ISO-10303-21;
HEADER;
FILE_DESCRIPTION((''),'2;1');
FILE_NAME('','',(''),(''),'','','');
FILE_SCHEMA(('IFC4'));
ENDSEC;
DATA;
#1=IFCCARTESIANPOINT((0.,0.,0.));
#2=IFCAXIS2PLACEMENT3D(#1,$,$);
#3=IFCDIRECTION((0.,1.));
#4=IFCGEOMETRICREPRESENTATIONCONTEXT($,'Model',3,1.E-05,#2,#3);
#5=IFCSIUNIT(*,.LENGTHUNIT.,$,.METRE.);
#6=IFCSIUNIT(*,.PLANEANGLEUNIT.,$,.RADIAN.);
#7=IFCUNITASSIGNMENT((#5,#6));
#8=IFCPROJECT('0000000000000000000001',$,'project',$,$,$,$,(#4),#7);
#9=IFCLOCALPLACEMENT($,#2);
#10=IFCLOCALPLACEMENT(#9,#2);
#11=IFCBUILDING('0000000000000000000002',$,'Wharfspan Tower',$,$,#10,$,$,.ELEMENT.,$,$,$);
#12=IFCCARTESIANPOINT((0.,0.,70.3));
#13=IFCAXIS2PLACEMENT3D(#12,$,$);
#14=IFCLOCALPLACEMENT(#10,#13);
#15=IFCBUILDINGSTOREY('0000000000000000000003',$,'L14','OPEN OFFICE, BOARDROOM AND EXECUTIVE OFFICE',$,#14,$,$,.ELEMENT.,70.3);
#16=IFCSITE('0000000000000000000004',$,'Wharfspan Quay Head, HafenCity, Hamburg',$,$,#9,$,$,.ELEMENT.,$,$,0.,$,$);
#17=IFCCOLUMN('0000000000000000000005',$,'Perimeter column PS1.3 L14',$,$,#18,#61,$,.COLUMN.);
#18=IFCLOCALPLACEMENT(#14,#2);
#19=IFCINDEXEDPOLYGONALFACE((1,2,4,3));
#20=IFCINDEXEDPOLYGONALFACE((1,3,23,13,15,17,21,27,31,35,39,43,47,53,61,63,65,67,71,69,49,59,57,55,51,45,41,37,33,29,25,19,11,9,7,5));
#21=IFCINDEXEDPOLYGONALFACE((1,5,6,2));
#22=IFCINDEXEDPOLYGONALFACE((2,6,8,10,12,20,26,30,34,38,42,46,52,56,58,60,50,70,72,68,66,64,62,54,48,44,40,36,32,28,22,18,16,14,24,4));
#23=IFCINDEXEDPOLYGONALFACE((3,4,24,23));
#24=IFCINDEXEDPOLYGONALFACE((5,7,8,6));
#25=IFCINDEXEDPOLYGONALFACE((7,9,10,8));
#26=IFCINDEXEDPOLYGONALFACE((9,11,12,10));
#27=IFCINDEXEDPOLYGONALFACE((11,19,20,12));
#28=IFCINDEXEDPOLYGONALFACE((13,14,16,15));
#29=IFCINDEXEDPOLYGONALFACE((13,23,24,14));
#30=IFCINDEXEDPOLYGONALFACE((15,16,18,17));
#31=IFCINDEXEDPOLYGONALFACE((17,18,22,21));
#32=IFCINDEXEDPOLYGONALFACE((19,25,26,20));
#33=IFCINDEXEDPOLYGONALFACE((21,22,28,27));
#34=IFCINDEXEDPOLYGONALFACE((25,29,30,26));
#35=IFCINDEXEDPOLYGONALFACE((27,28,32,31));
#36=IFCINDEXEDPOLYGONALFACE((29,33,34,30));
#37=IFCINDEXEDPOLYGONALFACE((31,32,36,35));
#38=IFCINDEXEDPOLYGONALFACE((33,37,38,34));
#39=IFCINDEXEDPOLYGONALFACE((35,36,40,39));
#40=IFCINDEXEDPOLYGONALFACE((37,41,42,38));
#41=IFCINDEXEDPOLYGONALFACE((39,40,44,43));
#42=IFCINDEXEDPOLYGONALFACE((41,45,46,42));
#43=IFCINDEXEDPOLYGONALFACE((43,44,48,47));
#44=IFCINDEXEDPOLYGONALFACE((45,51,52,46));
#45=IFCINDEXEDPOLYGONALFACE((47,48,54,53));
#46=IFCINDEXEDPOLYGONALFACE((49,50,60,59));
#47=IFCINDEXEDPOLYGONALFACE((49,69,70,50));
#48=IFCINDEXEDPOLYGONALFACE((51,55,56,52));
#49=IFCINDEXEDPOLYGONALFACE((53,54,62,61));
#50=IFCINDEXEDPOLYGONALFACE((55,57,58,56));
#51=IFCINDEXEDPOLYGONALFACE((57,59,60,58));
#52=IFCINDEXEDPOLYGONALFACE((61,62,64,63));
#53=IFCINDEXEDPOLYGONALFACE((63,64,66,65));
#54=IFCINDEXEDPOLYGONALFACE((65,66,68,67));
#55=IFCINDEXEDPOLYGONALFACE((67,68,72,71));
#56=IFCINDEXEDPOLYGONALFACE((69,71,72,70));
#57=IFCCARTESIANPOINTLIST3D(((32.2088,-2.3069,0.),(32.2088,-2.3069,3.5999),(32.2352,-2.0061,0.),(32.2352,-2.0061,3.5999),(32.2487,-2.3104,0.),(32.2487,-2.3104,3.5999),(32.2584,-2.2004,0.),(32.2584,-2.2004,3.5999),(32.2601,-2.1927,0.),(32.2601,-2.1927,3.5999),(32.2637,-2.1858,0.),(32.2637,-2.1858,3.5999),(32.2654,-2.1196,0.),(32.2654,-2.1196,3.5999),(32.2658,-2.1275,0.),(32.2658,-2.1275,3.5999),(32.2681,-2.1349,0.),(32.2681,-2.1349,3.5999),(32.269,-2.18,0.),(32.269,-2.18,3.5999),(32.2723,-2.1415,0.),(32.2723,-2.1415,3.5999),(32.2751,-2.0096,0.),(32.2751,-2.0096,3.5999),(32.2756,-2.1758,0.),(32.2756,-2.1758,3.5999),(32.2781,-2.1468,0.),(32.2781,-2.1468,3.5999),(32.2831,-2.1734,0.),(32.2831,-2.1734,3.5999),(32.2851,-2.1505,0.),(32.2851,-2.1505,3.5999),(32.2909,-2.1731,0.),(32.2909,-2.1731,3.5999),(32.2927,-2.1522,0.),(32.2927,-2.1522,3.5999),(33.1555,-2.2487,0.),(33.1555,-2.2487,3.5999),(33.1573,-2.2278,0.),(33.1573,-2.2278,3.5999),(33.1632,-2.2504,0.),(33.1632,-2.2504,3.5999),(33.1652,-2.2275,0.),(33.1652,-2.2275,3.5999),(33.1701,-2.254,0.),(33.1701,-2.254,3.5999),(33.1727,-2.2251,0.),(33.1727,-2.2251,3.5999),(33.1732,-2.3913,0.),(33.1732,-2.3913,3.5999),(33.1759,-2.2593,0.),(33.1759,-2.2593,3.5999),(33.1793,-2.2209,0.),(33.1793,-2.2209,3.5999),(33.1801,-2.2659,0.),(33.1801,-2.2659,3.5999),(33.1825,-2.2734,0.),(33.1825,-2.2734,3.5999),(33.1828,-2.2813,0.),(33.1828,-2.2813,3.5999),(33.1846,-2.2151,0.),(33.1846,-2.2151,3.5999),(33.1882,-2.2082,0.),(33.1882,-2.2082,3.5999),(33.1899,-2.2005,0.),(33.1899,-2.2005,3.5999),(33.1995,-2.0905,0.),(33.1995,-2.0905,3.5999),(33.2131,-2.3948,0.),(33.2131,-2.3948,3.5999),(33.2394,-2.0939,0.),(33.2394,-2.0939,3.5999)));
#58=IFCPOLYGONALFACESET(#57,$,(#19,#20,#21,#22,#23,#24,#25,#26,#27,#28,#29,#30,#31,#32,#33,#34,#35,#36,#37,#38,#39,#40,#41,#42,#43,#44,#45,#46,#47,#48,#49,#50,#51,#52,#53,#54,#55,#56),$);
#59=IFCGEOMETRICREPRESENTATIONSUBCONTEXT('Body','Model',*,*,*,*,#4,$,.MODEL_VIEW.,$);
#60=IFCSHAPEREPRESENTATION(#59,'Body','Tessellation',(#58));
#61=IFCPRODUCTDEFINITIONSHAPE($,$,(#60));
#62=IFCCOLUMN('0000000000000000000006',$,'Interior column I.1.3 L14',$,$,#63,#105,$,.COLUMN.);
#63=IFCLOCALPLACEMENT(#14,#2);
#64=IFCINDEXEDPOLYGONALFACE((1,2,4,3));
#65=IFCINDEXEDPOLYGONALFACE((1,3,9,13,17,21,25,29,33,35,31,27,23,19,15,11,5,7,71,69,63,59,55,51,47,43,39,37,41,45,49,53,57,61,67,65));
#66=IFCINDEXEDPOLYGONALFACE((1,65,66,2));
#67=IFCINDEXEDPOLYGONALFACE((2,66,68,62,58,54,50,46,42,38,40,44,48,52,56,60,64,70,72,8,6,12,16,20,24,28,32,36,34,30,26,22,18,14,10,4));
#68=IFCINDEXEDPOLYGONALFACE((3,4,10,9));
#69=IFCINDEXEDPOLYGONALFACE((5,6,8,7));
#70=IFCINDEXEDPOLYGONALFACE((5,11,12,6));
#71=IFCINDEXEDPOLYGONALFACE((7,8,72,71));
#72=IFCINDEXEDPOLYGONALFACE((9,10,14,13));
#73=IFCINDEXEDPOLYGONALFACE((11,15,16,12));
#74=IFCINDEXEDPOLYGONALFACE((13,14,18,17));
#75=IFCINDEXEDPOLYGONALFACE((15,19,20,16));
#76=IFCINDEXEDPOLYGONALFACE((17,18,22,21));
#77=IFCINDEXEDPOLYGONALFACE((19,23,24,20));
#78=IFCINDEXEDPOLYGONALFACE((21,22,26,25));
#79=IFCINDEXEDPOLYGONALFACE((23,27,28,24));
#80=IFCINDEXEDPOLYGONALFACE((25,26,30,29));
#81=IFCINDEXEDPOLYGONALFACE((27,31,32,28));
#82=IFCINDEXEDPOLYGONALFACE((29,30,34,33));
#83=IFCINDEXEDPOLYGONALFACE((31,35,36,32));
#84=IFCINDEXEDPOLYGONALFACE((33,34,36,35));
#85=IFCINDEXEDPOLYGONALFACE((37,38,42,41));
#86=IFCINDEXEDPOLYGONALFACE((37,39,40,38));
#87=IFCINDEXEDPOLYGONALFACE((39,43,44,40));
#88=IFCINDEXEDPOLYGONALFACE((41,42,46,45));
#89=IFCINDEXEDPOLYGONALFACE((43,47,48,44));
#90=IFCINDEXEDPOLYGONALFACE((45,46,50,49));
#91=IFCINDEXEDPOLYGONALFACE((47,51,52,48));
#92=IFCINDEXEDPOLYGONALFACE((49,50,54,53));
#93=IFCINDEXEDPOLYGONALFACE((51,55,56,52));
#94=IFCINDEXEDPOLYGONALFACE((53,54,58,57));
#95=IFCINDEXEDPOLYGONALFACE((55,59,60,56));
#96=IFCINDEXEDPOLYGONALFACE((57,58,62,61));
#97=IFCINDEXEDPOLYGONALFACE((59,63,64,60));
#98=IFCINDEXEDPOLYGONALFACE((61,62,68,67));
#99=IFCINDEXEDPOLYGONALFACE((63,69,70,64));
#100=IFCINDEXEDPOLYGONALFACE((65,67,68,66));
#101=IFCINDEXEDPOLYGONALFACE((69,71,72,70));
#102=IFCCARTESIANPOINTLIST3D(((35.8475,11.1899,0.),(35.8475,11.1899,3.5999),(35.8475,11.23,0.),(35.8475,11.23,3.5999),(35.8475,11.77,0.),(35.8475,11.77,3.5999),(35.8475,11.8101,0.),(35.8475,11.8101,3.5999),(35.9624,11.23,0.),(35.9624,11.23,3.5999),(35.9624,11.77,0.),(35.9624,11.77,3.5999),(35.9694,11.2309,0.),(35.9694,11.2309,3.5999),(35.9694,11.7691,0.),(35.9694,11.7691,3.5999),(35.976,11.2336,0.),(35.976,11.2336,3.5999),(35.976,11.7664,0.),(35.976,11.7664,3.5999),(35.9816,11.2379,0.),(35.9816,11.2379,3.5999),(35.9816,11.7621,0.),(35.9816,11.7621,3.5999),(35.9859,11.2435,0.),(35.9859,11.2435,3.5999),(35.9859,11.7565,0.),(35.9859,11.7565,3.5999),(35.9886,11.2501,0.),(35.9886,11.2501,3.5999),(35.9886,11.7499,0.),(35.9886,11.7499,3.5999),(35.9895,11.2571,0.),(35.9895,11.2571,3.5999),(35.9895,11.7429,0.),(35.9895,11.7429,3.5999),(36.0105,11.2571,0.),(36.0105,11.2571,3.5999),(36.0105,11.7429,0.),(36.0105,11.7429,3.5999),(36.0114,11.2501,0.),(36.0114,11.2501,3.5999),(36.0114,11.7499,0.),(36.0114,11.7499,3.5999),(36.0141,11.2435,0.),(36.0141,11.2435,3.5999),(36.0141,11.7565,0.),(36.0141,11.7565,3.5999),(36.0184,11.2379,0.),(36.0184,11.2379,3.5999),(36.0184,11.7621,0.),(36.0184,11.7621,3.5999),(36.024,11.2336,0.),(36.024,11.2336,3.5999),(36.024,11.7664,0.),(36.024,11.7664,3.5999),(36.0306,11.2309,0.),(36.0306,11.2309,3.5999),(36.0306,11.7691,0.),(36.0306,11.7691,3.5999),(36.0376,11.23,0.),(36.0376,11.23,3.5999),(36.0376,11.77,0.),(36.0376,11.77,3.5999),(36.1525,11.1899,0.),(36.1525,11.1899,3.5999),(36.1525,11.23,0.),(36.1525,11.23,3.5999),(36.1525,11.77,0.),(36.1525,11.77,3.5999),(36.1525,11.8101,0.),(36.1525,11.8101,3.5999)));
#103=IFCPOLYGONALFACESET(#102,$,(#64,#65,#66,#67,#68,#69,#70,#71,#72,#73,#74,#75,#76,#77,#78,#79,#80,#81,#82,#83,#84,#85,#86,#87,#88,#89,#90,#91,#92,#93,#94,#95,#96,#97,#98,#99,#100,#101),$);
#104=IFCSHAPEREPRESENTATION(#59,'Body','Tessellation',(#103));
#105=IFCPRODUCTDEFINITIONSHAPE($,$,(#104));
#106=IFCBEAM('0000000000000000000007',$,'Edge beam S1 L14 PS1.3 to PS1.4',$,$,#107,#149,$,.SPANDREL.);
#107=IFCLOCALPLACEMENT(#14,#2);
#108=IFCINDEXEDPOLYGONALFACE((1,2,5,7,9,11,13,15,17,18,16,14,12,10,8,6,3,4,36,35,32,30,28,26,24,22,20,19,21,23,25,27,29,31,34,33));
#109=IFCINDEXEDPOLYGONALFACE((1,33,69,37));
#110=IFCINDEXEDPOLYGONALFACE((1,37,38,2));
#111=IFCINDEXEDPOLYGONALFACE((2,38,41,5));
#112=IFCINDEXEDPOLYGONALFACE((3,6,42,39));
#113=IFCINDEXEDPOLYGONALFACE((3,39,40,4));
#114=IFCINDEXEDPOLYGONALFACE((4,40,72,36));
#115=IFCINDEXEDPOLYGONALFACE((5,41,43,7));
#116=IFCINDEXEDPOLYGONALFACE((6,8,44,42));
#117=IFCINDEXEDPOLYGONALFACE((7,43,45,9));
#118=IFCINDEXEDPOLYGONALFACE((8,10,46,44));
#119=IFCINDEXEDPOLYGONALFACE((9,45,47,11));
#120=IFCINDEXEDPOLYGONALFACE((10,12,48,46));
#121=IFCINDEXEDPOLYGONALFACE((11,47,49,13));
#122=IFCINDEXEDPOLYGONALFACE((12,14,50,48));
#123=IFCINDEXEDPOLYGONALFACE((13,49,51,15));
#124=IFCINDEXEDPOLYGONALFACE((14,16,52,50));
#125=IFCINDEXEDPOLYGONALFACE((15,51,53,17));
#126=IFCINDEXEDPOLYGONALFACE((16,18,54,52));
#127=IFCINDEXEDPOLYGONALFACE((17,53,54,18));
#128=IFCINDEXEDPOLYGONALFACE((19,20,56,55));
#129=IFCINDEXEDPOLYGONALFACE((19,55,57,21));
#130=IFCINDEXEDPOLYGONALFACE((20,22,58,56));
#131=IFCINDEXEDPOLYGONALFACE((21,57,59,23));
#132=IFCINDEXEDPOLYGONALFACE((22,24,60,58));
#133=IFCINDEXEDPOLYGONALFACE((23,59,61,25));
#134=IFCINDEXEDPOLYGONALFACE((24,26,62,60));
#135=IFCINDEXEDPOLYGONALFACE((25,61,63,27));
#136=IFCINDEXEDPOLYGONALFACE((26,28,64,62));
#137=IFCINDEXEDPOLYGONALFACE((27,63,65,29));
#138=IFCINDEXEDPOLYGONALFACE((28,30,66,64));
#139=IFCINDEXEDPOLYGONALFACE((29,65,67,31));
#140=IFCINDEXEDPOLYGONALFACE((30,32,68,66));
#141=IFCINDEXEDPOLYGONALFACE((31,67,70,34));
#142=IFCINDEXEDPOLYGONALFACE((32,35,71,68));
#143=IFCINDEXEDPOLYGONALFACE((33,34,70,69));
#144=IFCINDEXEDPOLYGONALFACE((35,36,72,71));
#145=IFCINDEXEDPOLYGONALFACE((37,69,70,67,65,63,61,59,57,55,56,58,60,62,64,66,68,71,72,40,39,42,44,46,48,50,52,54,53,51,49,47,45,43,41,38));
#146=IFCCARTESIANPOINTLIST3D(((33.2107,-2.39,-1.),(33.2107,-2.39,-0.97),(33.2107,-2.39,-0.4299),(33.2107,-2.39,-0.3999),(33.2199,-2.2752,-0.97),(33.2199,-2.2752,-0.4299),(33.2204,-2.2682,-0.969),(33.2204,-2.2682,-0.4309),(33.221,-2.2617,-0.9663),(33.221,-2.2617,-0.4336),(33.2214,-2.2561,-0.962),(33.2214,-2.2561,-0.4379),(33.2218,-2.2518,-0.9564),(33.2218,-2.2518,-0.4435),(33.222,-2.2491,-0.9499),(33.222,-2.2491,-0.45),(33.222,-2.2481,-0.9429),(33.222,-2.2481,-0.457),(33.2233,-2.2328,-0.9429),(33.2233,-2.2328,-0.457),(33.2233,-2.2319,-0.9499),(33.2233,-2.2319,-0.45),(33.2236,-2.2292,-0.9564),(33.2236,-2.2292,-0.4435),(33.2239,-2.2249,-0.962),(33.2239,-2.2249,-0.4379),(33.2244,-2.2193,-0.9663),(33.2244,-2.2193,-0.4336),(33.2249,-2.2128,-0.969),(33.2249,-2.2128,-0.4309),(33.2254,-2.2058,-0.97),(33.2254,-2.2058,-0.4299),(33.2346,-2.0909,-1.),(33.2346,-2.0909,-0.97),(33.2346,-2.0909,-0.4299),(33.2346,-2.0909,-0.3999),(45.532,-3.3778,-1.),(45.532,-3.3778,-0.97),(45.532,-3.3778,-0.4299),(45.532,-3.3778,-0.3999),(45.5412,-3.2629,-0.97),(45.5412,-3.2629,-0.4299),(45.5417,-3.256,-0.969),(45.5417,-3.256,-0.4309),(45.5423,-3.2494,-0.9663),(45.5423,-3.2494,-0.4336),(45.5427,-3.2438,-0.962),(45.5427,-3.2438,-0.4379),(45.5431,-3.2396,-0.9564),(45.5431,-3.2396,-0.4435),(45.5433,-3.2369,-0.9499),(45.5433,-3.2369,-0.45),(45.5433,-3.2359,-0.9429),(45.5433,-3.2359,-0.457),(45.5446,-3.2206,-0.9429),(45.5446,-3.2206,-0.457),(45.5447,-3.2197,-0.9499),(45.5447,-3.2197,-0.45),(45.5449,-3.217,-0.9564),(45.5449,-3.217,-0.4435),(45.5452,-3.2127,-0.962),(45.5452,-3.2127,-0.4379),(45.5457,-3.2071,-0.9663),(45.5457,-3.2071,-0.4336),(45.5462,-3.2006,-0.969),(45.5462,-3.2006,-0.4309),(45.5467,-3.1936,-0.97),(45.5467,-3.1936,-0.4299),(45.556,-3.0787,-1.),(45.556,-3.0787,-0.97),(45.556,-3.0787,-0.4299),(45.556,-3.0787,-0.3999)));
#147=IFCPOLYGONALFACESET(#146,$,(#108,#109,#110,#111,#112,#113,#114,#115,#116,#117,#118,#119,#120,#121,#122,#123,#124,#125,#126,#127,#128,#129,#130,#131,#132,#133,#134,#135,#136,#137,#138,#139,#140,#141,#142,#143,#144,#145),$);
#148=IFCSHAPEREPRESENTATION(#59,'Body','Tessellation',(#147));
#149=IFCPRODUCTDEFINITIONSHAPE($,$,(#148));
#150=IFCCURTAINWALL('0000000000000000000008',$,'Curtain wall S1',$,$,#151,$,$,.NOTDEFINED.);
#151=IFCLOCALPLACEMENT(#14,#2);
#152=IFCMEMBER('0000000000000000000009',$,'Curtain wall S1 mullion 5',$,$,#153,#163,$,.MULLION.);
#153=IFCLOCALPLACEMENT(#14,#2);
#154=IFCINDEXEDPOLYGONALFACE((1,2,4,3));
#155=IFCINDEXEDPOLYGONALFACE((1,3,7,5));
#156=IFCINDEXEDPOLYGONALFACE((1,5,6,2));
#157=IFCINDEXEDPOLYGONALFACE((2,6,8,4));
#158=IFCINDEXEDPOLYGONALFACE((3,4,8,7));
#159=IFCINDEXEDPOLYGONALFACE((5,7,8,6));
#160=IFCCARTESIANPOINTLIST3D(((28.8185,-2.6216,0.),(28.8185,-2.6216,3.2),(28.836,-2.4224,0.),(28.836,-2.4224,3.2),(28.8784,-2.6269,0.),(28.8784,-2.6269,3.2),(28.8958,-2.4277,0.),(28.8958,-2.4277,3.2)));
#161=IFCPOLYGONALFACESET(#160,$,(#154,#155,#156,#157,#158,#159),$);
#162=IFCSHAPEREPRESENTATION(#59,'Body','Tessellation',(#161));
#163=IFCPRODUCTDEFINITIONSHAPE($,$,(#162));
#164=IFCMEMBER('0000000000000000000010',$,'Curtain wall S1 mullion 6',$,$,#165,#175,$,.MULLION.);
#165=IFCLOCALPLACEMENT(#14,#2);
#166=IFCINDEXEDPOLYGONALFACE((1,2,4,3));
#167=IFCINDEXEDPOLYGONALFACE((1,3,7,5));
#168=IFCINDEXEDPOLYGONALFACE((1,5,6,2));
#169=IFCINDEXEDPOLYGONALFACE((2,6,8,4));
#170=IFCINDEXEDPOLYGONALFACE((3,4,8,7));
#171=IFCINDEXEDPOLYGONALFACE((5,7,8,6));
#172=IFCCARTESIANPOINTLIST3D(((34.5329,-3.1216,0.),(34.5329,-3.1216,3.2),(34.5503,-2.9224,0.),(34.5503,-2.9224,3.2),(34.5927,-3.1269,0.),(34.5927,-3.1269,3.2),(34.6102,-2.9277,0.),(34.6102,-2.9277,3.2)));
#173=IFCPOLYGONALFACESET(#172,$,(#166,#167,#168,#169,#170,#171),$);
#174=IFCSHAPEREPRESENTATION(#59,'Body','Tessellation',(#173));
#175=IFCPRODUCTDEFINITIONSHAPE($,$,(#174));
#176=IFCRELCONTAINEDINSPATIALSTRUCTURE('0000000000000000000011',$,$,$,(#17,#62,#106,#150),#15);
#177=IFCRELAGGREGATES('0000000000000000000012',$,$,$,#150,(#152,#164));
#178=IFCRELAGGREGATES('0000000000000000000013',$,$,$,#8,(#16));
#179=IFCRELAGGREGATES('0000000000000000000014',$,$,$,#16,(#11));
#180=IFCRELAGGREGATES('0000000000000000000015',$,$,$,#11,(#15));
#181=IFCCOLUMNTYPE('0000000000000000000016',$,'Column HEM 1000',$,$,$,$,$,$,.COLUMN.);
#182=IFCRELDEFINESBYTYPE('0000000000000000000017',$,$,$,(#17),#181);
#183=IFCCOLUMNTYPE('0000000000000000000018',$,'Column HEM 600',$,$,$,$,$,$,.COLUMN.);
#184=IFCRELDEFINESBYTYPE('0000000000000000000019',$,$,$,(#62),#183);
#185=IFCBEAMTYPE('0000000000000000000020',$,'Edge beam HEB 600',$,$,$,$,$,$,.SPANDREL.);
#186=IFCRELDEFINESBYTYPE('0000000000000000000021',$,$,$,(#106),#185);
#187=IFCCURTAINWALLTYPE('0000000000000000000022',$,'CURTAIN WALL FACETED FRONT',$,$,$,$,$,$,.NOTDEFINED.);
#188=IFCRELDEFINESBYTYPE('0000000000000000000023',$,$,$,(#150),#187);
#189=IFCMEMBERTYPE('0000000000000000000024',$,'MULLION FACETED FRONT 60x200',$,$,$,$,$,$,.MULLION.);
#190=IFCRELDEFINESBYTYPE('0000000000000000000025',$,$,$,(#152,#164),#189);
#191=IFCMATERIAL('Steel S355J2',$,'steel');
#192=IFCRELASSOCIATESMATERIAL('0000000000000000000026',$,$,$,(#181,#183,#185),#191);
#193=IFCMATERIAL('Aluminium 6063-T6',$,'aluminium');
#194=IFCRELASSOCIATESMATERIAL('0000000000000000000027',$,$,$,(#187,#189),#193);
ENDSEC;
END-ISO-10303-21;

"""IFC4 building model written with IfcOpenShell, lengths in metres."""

from ifc_helpers import new_model, si_unit, direction, frame, origin, origin_2d, place, context, subcontext, project, spatial, rectangle, i_section, extrude, material, material_profile, profile_set, type_object, element, aggregate, save


model = new_model("IFC4")

# Units and contexts
model_context = context("Model", 3, precision=1e-05, world=origin(), true_north=direction((0.0, 1.0)))
body_context = subcontext(model_context, "Body", "Model", "MODEL_VIEW")
ifc_project = project(units=[si_unit("LENGTHUNIT", "METRE"), si_unit("PLANEANGLEUNIT", "RADIAN")], contexts=[model_context])

# Site, building, storey
site_placement = place(None, origin())
site = spatial("IfcSite", under=ifc_project, at=site_placement, Name="Wharfspan Quay Head, HafenCity, Hamburg", CompositionType="ELEMENT", RefElevation=0.0)
building_placement = place(site_placement, origin())
building = spatial("IfcBuilding", under=site, at=building_placement, Name="Wharfspan Tower", CompositionType="ELEMENT")
storey_placement = place(building_placement, frame((0.0, 0.0, 70.3)))
storey = spatial("IfcBuildingStorey", under=building, at=storey_placement, Name="L14", Description="OPEN OFFICE, BOARDROOM AND EXECUTIVE OFFICE", CompositionType="ELEMENT", Elevation=70.3)

# Columns
ifc_material_1 = material(Name="Steel S355J2", Category="steel")
ifc_material_profile_1 = material_profile(ifc_material_1, i_section(OverallWidth=0.302, OverallDepth=1.0081, WebThickness=0.021, FlangeThickness=0.04, FilletRadius=0.03, at=origin_2d()))
ifc_profile_set_1 = profile_set([ifc_material_profile_1], Name="Steel S355J2")
column_type_1 = type_object("IfcColumnType", Name="Column HEM 1000", PredefinedType="COLUMN", material=ifc_profile_set_1)
column_1_placement = place(storey_placement, frame((32.7241, -2.2004, 0.0), z_axis=(0.0, 0.0, 1.0), x_axis=(-0.087156, -0.996198, 0.0)))
element("IfcColumn", 1, at=column_1_placement, inside=storey, type_object=column_type_1, Name="Perimeter column PS1.3 L14", PredefinedType="COLUMN", context=body_context, shape_type="SweptSolid", body=[
    extrude(i_section(OverallWidth=0.302, OverallDepth=1.0081, WebThickness=0.021, FlangeThickness=0.04, FilletRadius=0.03, at=origin_2d()), origin(), (0.0, 0.0, 1.0), 3.5999),
])
ifc_material_profile_2 = material_profile(ifc_material_1, i_section(OverallWidth=0.3049, OverallDepth=0.6201, WebThickness=0.021, FlangeThickness=0.04, FilletRadius=0.0271, at=origin_2d()))
ifc_profile_set_2 = profile_set([ifc_material_profile_2], Name="Steel S355J2")
column_type_2 = type_object("IfcColumnType", Name="Column HEM 600", PredefinedType="COLUMN", material=ifc_profile_set_2)
column_2_placement = place(storey_placement, frame((36.0, 11.5, 0.0), z_axis=(0.0, 0.0, 1.0), x_axis=(1.0, 0.0, 0.0)))
element("IfcColumn", 2, at=column_2_placement, inside=storey, type_object=column_type_2, Name="Interior column I.1.3 L14", PredefinedType="COLUMN", context=body_context, shape_type="SweptSolid", body=[
    extrude(i_section(OverallWidth=0.3049, OverallDepth=0.6201, WebThickness=0.021, FlangeThickness=0.04, FilletRadius=0.0271, at=origin_2d()), origin(), (0.0, 0.0, 1.0), 3.5999),
])

# Beam
ifc_material_profile_3 = material_profile(ifc_material_1, i_section(OverallWidth=0.3, OverallDepth=0.6001, WebThickness=0.0154, FlangeThickness=0.03, FilletRadius=0.0271, at=origin_2d()))
ifc_profile_set_3 = profile_set([ifc_material_profile_3], Name="Steel S355J2")
beam_type = type_object("IfcBeamType", Name="Edge beam HEB 600", PredefinedType="SPANDREL", material=ifc_profile_set_3)
beam_placement = place(storey_placement, frame((33.2227, -2.2405, -0.7), z_axis=(0.996802, -0.079913, 0.0), x_axis=(0.079913, 0.996802, 0.0)))
element("IfcBeam", 3, at=beam_placement, inside=storey, type_object=beam_type, Name="Edge beam S1 L14 PS1.3 to PS1.4", PredefinedType="SPANDREL", context=body_context, shape_type="SweptSolid", body=[
    extrude(i_section(OverallWidth=0.3, OverallDepth=0.6001, WebThickness=0.0154, FlangeThickness=0.03, FilletRadius=0.0271, at=origin_2d()), origin(), (0.0, 0.0, 1.0), 12.3608),
])

# Curtain wall, members
ifc_material_2 = material(Name="Aluminium 6063-T6", Category="aluminium")
curtain_wall_type = type_object("IfcCurtainWallType", Name="CURTAIN WALL FACETED FRONT", PredefinedType="NOTDEFINED", material=ifc_material_2)
curtain_wall_placement = place(storey_placement, origin())
curtain_wall = element("IfcCurtainWall", 4, at=curtain_wall_placement, inside=storey, type_object=curtain_wall_type, Name="Curtain wall S1", PredefinedType="NOTDEFINED")
ifc_material_profile_4 = material_profile(ifc_material_2, rectangle(XDim=0.2, YDim=0.0601, at=origin_2d()))
ifc_profile_set_4 = profile_set([ifc_material_profile_4], Name="Aluminium 6063-T6")
member_type_1 = type_object("IfcMemberType", Name="MULLION FACETED FRONT 60x200", PredefinedType="MULLION", material=ifc_profile_set_4)
member_1_placement = place(storey_placement, frame((28.8572, -2.5247, 0.0), z_axis=(0.0, 0.0, 1.0), x_axis=(0.087156, 0.996197, 0.0)))
member_1 = element("IfcMember", 5, at=member_1_placement, type_object=member_type_1, Name="Curtain wall S1 mullion 5", PredefinedType="MULLION", context=body_context, shape_type="SweptSolid", body=[
    extrude(rectangle(XDim=0.2, YDim=0.0601, at=origin_2d()), origin(), (0.0, 0.0, 1.0), 3.2),
])
member_2_placement = place(storey_placement, frame((34.5715, -3.0247, 0.0), z_axis=(0.0, 0.0, 1.0), x_axis=(0.087156, 0.996197, 0.0)))
member_2 = element("IfcMember", 6, at=member_2_placement, type_object=member_type_1, Name="Curtain wall S1 mullion 6", PredefinedType="MULLION", context=body_context, shape_type="SweptSolid", body=[
    extrude(rectangle(XDim=0.2, YDim=0.0601, at=origin_2d()), origin(), (0.0, 0.0, 1.0), 3.2),
])

aggregate(curtain_wall, [member_1, member_2])

save(model, "model.ifc")
